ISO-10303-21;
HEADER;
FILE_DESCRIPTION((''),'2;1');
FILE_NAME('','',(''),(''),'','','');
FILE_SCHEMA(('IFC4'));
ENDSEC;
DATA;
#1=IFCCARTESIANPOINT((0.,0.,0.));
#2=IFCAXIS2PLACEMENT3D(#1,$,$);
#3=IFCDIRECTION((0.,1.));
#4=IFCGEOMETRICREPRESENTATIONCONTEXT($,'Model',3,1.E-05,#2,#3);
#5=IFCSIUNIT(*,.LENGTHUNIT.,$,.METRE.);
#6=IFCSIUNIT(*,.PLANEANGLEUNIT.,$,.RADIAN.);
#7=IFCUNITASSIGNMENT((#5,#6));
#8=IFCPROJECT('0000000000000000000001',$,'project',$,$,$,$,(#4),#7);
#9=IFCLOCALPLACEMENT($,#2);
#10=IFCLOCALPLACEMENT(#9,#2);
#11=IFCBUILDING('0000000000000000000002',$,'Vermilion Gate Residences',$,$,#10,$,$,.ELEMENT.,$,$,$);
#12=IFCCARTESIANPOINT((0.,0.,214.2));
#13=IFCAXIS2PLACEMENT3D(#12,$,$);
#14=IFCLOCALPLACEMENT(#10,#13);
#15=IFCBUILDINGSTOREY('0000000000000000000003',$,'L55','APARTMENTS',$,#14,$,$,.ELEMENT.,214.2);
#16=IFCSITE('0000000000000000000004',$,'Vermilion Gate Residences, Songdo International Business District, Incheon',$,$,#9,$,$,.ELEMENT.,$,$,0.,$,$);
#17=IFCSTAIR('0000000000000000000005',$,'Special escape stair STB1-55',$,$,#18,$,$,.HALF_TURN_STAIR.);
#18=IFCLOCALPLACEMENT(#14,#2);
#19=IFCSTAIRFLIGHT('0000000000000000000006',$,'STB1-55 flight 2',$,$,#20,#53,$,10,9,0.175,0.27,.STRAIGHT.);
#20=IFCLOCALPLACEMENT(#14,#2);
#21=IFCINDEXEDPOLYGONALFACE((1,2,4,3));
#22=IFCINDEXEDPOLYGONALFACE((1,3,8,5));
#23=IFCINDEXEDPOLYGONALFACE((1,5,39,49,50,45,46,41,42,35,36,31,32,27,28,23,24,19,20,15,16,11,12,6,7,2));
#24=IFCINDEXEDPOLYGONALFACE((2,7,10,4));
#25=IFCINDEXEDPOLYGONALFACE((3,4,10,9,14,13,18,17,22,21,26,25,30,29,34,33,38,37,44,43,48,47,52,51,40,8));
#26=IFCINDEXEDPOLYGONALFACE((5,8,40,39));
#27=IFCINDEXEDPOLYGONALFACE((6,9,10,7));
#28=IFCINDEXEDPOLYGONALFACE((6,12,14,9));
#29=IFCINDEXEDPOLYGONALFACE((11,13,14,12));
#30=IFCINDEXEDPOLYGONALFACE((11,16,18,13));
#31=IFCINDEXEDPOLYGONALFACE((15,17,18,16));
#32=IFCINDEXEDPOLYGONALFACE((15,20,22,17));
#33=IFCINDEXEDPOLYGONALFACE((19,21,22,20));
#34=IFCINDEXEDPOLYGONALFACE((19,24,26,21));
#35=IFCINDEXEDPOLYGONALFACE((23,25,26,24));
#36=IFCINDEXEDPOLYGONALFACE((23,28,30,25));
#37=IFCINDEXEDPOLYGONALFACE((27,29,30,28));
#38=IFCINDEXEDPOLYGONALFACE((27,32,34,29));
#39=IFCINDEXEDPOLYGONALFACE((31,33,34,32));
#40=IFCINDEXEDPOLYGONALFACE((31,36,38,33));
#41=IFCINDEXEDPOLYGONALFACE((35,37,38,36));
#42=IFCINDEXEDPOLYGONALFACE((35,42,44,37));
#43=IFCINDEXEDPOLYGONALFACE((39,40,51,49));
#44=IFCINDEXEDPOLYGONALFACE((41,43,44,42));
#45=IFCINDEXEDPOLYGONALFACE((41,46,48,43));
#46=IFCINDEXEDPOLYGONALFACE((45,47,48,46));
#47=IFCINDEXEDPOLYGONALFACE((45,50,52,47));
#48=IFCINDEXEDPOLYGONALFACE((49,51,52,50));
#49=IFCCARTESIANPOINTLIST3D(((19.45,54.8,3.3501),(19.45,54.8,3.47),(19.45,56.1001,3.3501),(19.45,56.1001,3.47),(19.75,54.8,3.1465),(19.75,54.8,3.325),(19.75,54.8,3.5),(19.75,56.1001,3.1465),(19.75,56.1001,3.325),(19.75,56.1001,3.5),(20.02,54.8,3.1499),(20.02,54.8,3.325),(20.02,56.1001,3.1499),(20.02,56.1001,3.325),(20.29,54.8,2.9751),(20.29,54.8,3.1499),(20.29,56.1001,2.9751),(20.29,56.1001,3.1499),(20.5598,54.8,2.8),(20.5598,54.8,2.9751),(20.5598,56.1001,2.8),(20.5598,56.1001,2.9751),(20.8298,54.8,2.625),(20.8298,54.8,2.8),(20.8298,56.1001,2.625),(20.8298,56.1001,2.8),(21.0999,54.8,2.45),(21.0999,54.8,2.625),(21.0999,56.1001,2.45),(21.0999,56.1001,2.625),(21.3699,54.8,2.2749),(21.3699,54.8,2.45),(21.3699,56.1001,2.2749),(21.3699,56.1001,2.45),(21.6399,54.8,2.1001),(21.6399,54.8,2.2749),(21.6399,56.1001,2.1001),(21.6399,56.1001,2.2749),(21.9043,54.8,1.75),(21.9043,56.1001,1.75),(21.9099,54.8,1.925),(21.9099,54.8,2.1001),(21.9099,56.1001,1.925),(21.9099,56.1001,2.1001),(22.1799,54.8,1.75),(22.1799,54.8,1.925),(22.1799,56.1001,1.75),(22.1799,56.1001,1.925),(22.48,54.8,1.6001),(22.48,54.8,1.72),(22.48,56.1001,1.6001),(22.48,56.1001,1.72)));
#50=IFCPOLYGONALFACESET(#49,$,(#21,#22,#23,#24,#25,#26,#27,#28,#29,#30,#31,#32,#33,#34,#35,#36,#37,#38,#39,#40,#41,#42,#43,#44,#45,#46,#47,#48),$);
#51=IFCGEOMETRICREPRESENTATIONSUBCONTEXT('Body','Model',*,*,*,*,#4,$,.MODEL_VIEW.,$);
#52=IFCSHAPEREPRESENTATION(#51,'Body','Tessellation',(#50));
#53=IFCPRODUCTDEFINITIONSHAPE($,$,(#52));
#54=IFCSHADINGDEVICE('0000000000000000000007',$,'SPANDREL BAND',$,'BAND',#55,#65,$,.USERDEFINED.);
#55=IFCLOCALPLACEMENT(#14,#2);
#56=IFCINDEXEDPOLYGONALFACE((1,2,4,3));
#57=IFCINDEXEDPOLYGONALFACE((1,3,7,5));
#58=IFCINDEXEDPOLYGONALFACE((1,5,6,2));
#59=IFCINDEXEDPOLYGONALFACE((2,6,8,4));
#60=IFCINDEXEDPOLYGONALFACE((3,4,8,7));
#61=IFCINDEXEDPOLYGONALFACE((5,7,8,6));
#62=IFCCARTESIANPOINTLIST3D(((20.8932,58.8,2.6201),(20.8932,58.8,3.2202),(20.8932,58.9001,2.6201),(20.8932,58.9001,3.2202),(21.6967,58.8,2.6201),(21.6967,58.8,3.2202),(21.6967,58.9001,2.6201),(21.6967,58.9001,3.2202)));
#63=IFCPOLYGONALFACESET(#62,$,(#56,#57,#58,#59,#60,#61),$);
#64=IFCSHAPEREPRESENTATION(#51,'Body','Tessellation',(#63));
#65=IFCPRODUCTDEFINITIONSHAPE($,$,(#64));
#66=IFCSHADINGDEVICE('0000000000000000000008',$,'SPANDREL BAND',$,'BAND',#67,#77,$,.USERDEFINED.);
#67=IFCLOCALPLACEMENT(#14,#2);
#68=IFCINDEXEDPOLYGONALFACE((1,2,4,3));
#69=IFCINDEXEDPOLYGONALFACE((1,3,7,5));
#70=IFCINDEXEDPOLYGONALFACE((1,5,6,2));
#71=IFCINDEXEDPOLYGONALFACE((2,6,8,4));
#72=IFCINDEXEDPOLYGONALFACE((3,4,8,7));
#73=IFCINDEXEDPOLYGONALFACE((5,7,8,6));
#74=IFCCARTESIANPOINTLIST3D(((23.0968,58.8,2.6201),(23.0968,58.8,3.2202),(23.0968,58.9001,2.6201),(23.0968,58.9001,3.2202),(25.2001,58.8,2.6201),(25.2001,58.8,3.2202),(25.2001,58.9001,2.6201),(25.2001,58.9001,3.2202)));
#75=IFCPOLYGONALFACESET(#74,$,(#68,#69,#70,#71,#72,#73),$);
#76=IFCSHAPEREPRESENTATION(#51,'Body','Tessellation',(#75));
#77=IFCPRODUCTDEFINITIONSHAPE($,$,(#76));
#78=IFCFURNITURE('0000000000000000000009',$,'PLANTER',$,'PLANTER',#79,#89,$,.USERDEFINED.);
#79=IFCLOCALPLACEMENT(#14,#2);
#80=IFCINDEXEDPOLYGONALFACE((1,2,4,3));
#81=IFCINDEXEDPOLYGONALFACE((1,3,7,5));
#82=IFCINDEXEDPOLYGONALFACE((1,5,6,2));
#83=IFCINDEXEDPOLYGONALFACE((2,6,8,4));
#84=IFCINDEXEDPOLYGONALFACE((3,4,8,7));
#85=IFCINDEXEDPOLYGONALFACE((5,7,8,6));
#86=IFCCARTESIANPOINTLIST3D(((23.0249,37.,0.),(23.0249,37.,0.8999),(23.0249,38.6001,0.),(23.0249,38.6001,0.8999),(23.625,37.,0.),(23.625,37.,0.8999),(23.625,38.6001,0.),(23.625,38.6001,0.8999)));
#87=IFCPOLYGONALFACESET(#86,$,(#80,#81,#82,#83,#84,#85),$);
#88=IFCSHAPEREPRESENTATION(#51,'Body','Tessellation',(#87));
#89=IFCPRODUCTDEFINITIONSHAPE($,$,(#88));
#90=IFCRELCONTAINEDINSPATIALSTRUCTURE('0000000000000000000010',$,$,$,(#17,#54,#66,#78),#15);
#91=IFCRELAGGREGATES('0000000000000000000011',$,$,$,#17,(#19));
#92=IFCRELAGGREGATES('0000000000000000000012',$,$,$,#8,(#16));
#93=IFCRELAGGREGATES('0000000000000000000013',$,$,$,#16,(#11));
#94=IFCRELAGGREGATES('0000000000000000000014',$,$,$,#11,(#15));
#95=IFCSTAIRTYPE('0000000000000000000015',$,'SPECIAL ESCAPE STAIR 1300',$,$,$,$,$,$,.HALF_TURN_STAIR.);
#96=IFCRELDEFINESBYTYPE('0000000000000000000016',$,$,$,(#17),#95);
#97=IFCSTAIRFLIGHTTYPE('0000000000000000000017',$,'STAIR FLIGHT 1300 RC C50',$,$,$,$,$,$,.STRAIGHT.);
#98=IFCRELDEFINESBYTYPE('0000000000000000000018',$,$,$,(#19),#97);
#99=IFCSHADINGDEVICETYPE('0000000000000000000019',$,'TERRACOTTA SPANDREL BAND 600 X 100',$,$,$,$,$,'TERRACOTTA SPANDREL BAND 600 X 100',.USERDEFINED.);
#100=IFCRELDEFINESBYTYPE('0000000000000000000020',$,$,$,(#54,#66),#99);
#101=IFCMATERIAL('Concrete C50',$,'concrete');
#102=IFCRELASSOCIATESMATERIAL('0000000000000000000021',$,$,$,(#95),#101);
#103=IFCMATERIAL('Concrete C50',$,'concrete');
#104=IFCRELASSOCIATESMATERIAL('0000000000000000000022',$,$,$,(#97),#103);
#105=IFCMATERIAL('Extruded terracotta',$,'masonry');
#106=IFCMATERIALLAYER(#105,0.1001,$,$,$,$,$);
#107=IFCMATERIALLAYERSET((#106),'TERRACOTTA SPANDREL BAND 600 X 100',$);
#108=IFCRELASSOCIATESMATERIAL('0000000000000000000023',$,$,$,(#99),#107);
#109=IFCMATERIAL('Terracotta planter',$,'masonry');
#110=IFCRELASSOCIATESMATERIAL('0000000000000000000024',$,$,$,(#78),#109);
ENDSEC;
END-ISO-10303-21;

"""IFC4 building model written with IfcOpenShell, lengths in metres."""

from ifc_helpers import new_model, si_unit, direction, frame, origin, origin_2d, place, context, subcontext, project, spatial, polyline, rectangle, outline, extrude, material, layer, layer_set, type_object, element, aggregate, save


model = new_model("IFC4")

# Units and contexts
model_context = context("Model", 3, precision=1e-05, world=origin(), true_north=direction((0.0, 1.0)))
body_context = subcontext(model_context, "Body", "Model", "MODEL_VIEW")
ifc_project = project(units=[si_unit("LENGTHUNIT", "METRE"), si_unit("PLANEANGLEUNIT", "RADIAN")], contexts=[model_context])

# Site, building, storey
site_placement = place(None, origin())
site = spatial("IfcSite", under=ifc_project, at=site_placement, Name="Vermilion Gate Residences, Songdo International Business District, Incheon", CompositionType="ELEMENT", RefElevation=0.0)
building_placement = place(site_placement, origin())
building = spatial("IfcBuilding", under=site, at=building_placement, Name="Vermilion Gate Residences", CompositionType="ELEMENT")
storey_placement = place(building_placement, frame((0.0, 0.0, 214.2)))
storey = spatial("IfcBuildingStorey", under=building, at=storey_placement, Name="L55", Description="APARTMENTS", CompositionType="ELEMENT", Elevation=214.2)

# Stair, stair flight
ifc_material_1 = material(Name="Concrete C50", Category="concrete")
stair_type = type_object("IfcStairType", Name="SPECIAL ESCAPE STAIR 1300", PredefinedType="HALF_TURN_STAIR", material=ifc_material_1)
stair_placement = place(storey_placement, origin())
stair = element("IfcStair", 1, at=stair_placement, inside=storey, type_object=stair_type, Name="Special escape stair STB1-55", PredefinedType="HALF_TURN_STAIR")
ifc_material_2 = material(Name="Concrete C50", Category="concrete")
stair_flight_type = type_object("IfcStairFlightType", Name="STAIR FLIGHT 1300 RC C50", PredefinedType="STRAIGHT", material=ifc_material_2)
stair_flight_placement = place(storey_placement, frame((22.1799, 55.45, 1.75), z_axis=(0.0, 0.0, 1.0), x_axis=(-1.0, 0.0, 0.0)))
stair_flight = element("IfcStairFlight", 2, at=stair_flight_placement, type_object=stair_flight_type, Name="STB1-55 flight 2", NumberOfRisers=10, NumberOfTreads=9, PredefinedType="STRAIGHT", RiserHeight=0.175, TreadLength=0.27, context=body_context, shape_type="SweptSolid", body=[
    extrude(outline(polyline([(-0.3, -0.1499), (-0.3, -0.03), (0.0, 0.0), (0.0, 0.175), (0.27, 0.175), (0.27, 0.3501), (0.54, 0.3501), (0.54, 0.5249), (0.8101, 0.5249), (0.8101, 0.7), (1.0801, 0.7), (1.0801, 0.875), (1.3501, 0.875), (1.3501, 1.05), (1.6201, 1.05), (1.6201, 1.2251), (1.8899, 1.2251), (1.8899, 1.3999), (2.1599, 1.3999), (2.1599, 1.575), (2.4299, 1.575), (2.4299, 1.75), (2.73, 1.72), (2.73, 1.6001), (2.4299, 1.3965), (0.2756, 0.0), (-0.3, -0.1499)])), frame((0.0, 0.6499, 0.0), z_axis=(0.0, -1.0, 0.0), x_axis=(1.0, 0.0, 0.0)), (0.0, 0.0, 1.0), 1.3),
])
aggregate(stair, [stair_flight])

# Shading devices
ifc_material_3 = material(Name="Extruded terracotta", Category="masonry")
ifc_layer_1 = layer(ifc_material_3, 0.1001)
ifc_layer_set_1 = layer_set([ifc_layer_1], Name="TERRACOTTA SPANDREL BAND 600 X 100")
shading_device_type = type_object("IfcShadingDeviceType", Name="TERRACOTTA SPANDREL BAND 600 X 100", ElementType="TERRACOTTA SPANDREL BAND 600 X 100", PredefinedType="USERDEFINED", material=ifc_layer_set_1)
shading_device_1_placement = place(storey_placement, frame((21.2949, 58.8501, 2.6201), z_axis=(0.0, 0.0, 1.0), x_axis=(1.0, 0.0, 0.0)))
element("IfcShadingDevice", 3, at=shading_device_1_placement, inside=storey, type_object=shading_device_type, Name="SPANDREL BAND", ObjectType="BAND", PredefinedType="USERDEFINED", context=body_context, shape_type="SweptSolid", body=[
    extrude(rectangle(XDim=0.8035, YDim=0.1001, at=origin_2d()), origin(), (0.0, 0.0, 1.0), 0.6001),
])
shading_device_2_placement = place(storey_placement, frame((24.1484, 58.8501, 2.6201), z_axis=(0.0, 0.0, 1.0), x_axis=(1.0, 0.0, 0.0)))
element("IfcShadingDevice", 4, at=shading_device_2_placement, inside=storey, type_object=shading_device_type, Name="SPANDREL BAND", ObjectType="BAND", PredefinedType="USERDEFINED", context=body_context, shape_type="SweptSolid", body=[
    extrude(rectangle(XDim=2.1033, YDim=0.1001, at=origin_2d()), origin(), (0.0, 0.0, 1.0), 0.6001),
])

# Furniture
ifc_material_4 = material(Name="Terracotta planter", Category="masonry")
furniture_placement = place(storey_placement, frame((23.325, 37.8, 0.0), z_axis=(0.0, 0.0, 1.0), x_axis=(0.0, 1.0, 0.0)))
element("IfcFurniture", 5, at=furniture_placement, inside=storey, material=ifc_material_4, Name="PLANTER", ObjectType="PLANTER", PredefinedType="USERDEFINED", context=body_context, shape_type="SweptSolid", body=[
    extrude(rectangle(XDim=1.6001, YDim=0.6001, at=origin_2d()), origin(), (0.0, 0.0, 1.0), 0.8999),
])

save(model, "model.ifc")
